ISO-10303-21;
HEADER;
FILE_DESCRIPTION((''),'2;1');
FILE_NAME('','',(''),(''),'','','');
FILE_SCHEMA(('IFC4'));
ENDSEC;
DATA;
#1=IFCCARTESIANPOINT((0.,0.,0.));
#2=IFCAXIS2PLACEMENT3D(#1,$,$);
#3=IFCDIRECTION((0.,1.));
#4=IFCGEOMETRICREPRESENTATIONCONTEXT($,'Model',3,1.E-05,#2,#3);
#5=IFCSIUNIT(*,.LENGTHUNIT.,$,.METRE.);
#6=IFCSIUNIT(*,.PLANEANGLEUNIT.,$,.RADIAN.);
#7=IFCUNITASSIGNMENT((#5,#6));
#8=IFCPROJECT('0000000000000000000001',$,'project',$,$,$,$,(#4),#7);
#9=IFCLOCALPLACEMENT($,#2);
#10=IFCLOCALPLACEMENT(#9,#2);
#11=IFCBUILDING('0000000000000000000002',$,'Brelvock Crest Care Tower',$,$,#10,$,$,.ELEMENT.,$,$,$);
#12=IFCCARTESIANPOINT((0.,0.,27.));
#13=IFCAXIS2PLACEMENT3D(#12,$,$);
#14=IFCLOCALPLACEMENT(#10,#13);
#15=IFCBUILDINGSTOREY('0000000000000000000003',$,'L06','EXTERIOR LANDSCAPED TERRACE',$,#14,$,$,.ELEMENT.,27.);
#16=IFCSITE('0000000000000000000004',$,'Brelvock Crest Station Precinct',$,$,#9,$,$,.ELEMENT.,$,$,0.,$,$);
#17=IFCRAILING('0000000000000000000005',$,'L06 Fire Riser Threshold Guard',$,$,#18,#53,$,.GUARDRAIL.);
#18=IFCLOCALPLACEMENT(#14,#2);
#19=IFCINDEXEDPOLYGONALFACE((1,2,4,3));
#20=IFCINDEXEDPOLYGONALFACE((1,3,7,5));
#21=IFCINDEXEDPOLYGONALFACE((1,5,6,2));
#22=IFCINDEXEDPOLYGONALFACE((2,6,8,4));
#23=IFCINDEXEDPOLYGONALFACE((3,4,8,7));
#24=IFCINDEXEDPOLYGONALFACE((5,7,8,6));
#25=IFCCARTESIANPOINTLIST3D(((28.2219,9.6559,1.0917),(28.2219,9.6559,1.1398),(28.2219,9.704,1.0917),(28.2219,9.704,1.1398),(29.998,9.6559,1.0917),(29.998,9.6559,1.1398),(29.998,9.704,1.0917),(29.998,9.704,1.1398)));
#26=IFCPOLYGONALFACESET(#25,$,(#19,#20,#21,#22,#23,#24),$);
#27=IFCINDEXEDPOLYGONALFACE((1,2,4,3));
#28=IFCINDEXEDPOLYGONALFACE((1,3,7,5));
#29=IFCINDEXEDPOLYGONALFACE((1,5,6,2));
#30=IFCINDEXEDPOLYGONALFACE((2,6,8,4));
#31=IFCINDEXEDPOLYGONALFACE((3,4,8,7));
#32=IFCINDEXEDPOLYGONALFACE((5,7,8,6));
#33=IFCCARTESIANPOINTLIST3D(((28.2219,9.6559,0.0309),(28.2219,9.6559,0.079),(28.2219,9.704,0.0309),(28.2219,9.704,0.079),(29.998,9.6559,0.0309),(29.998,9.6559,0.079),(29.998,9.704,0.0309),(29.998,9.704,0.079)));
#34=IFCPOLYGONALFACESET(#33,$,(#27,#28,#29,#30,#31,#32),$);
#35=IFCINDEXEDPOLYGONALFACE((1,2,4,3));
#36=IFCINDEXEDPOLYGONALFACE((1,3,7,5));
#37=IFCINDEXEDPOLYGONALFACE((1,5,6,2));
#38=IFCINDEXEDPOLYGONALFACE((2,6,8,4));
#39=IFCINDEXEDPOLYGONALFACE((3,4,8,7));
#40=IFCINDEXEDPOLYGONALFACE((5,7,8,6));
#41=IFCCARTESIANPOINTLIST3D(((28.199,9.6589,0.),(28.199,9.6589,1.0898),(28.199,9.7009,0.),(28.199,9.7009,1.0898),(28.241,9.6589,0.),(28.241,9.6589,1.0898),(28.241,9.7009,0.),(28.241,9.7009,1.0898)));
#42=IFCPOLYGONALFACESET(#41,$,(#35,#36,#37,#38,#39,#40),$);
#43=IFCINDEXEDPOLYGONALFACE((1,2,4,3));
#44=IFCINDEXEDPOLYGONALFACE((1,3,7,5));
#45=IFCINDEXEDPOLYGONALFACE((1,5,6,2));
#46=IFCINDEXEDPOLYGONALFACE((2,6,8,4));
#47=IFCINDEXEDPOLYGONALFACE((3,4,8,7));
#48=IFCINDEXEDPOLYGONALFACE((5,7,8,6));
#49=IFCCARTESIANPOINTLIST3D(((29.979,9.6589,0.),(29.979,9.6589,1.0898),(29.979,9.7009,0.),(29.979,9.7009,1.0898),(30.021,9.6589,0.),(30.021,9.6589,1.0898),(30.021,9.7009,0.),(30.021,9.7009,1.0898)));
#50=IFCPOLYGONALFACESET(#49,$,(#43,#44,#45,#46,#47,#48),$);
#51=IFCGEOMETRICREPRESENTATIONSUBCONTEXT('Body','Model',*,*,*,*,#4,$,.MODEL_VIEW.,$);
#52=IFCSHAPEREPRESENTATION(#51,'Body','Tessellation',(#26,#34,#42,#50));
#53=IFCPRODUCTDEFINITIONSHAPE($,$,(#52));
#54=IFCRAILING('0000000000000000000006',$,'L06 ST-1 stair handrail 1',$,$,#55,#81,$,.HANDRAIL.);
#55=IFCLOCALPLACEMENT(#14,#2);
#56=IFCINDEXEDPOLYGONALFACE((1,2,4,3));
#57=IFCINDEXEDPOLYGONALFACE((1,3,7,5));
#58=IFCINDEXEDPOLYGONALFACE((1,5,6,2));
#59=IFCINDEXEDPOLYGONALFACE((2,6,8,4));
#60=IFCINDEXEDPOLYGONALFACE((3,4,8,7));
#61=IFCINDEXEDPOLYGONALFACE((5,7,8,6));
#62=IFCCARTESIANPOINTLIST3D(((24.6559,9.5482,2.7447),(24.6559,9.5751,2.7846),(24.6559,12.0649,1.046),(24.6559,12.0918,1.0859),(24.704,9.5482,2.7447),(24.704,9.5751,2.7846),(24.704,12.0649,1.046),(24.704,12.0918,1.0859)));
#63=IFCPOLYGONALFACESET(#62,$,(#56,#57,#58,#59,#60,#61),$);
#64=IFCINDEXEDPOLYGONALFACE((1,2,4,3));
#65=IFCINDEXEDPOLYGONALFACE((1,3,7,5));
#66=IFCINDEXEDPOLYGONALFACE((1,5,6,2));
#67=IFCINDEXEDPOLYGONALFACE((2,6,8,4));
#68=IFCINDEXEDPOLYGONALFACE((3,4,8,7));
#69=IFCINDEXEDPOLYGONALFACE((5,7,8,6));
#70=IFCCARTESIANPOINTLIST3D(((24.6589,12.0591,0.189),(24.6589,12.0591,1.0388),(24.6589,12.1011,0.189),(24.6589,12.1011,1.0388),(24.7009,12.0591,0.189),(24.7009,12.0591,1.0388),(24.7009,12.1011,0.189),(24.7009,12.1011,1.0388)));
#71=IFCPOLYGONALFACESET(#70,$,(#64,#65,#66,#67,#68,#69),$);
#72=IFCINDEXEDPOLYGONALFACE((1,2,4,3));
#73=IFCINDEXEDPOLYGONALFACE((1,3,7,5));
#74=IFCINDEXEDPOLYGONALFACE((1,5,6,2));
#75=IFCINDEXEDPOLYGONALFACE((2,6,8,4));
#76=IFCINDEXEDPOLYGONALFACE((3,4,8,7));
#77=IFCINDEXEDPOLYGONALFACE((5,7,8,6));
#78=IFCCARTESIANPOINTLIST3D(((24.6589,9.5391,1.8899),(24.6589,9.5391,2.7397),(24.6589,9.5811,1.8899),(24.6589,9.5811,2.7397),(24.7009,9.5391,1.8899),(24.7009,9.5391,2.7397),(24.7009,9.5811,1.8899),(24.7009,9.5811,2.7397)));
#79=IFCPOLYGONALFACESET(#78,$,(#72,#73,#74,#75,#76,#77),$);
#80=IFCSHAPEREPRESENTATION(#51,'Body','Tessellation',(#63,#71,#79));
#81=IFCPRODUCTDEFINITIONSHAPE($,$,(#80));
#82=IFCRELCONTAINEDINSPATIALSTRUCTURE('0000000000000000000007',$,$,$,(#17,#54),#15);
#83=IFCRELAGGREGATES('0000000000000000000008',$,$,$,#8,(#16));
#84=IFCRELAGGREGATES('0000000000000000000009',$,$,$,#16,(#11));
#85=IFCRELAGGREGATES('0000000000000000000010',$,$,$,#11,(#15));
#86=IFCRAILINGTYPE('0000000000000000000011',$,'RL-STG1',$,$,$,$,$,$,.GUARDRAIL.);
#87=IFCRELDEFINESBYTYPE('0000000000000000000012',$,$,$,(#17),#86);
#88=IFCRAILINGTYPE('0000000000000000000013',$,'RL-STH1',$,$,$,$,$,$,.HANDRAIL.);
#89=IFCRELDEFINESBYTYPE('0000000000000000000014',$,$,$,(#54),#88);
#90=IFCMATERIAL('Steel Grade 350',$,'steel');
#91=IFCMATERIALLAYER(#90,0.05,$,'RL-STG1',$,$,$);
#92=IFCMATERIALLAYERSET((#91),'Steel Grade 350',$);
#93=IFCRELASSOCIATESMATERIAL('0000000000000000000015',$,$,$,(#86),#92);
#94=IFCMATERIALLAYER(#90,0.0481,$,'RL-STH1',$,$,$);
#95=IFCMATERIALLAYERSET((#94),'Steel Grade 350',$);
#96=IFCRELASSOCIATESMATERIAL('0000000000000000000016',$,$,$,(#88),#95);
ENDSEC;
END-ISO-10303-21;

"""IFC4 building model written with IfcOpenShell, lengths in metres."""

from ifc_helpers import new_model, si_unit, direction, frame, origin, origin_2d, place, context, subcontext, project, spatial, rectangle, extrude, material, layer, layer_set, type_object, element, save


model = new_model("IFC4")

# Units and contexts
model_context = context("Model", 3, precision=1e-05, world=origin(), true_north=direction((0.0, 1.0)))
body_context = subcontext(model_context, "Body", "Model", "MODEL_VIEW")
ifc_project = project(units=[si_unit("LENGTHUNIT", "METRE"), si_unit("PLANEANGLEUNIT", "RADIAN")], contexts=[model_context])

# Site, building, storey
site_placement = place(None, origin())
site = spatial("IfcSite", under=ifc_project, at=site_placement, Name="Brelvock Crest Station Precinct", CompositionType="ELEMENT", RefElevation=0.0)
building_placement = place(site_placement, origin())
building = spatial("IfcBuilding", under=site, at=building_placement, Name="Brelvock Crest Care Tower", CompositionType="ELEMENT")
storey_placement = place(building_placement, frame((0.0, 0.0, 27.0)))
storey = spatial("IfcBuildingStorey", under=building, at=storey_placement, Name="L06", Description="EXTERIOR LANDSCAPED TERRACE", CompositionType="ELEMENT", Elevation=27.0)

# Shared definitions
ifc_material_1 = material(Name="Steel Grade 350", Category="steel")

# Railings
ifc_layer_1 = layer(ifc_material_1, 0.05, Name="RL-STG1")
ifc_layer_set_1 = layer_set([ifc_layer_1], Name="Steel Grade 350")
railing_type_1 = type_object("IfcRailingType", Name="RL-STG1", PredefinedType="GUARDRAIL", material=ifc_layer_set_1)
railing_1_placement = place(storey_placement, frame((28.22, 9.6799, 0.0)))
element("IfcRailing", 1, at=railing_1_placement, inside=storey, type_object=railing_type_1, Name="L06 Fire Riser Threshold Guard", PredefinedType="GUARDRAIL", context=body_context, shape_type="SweptSolid", body=[
    extrude(rectangle(XDim=0.0481, YDim=0.0481, at=origin_2d()), frame((0.002, 0.0, 1.1157), z_axis=(1.0, 0.0, 0.0), x_axis=(0.0, 1.0, 0.0)), (0.0, 0.0, 1.0), 1.7761),
    extrude(rectangle(XDim=0.0481, YDim=0.0481, at=origin_2d()), frame((0.002, 0.0, 0.0549), z_axis=(1.0, 0.0, 0.0), x_axis=(0.0, 1.0, 0.0)), (0.0, 0.0, 1.0), 1.7761),
    extrude(rectangle(XDim=0.042, YDim=0.042, at=origin_2d()), origin(), (0.0, 0.0, 1.0), 1.0898),
    extrude(rectangle(XDim=0.042, YDim=0.042, at=origin_2d()), frame((1.78, 0.0, 0.0)), (0.0, 0.0, 1.0), 1.0898),
])
ifc_layer_2 = layer(ifc_material_1, 0.0481, Name="RL-STH1")
ifc_layer_set_2 = layer_set([ifc_layer_2], Name="Steel Grade 350")
railing_type_2 = type_object("IfcRailingType", Name="RL-STH1", PredefinedType="HANDRAIL", material=ifc_layer_set_2)
railing_2_placement = place(storey_placement, frame((24.6799, 12.0801, 0.189)))
element("IfcRailing", 2, at=railing_2_placement, inside=storey, type_object=railing_type_2, Name="L06 ST-1 stair handrail 1", PredefinedType="HANDRAIL", context=body_context, shape_type="SweptSolid", body=[
    extrude(rectangle(XDim=0.0481, YDim=0.0481, at=origin_2d()), frame((0.0, -0.0017, 0.877), z_axis=(0.0, -0.828862, 0.559454), x_axis=(1.0, 0.0, 0.0)), (0.0, 0.0, 1.0), 3.0364),
    extrude(rectangle(XDim=0.042, YDim=0.042, at=origin_2d()), origin(), (0.0, 0.0, 1.0), 0.8499),
    extrude(rectangle(XDim=0.042, YDim=0.042, at=origin_2d()), frame((0.0, -2.52, 1.7009)), (0.0, 0.0, 1.0), 0.8499),
])

save(model, "model.ifc")
